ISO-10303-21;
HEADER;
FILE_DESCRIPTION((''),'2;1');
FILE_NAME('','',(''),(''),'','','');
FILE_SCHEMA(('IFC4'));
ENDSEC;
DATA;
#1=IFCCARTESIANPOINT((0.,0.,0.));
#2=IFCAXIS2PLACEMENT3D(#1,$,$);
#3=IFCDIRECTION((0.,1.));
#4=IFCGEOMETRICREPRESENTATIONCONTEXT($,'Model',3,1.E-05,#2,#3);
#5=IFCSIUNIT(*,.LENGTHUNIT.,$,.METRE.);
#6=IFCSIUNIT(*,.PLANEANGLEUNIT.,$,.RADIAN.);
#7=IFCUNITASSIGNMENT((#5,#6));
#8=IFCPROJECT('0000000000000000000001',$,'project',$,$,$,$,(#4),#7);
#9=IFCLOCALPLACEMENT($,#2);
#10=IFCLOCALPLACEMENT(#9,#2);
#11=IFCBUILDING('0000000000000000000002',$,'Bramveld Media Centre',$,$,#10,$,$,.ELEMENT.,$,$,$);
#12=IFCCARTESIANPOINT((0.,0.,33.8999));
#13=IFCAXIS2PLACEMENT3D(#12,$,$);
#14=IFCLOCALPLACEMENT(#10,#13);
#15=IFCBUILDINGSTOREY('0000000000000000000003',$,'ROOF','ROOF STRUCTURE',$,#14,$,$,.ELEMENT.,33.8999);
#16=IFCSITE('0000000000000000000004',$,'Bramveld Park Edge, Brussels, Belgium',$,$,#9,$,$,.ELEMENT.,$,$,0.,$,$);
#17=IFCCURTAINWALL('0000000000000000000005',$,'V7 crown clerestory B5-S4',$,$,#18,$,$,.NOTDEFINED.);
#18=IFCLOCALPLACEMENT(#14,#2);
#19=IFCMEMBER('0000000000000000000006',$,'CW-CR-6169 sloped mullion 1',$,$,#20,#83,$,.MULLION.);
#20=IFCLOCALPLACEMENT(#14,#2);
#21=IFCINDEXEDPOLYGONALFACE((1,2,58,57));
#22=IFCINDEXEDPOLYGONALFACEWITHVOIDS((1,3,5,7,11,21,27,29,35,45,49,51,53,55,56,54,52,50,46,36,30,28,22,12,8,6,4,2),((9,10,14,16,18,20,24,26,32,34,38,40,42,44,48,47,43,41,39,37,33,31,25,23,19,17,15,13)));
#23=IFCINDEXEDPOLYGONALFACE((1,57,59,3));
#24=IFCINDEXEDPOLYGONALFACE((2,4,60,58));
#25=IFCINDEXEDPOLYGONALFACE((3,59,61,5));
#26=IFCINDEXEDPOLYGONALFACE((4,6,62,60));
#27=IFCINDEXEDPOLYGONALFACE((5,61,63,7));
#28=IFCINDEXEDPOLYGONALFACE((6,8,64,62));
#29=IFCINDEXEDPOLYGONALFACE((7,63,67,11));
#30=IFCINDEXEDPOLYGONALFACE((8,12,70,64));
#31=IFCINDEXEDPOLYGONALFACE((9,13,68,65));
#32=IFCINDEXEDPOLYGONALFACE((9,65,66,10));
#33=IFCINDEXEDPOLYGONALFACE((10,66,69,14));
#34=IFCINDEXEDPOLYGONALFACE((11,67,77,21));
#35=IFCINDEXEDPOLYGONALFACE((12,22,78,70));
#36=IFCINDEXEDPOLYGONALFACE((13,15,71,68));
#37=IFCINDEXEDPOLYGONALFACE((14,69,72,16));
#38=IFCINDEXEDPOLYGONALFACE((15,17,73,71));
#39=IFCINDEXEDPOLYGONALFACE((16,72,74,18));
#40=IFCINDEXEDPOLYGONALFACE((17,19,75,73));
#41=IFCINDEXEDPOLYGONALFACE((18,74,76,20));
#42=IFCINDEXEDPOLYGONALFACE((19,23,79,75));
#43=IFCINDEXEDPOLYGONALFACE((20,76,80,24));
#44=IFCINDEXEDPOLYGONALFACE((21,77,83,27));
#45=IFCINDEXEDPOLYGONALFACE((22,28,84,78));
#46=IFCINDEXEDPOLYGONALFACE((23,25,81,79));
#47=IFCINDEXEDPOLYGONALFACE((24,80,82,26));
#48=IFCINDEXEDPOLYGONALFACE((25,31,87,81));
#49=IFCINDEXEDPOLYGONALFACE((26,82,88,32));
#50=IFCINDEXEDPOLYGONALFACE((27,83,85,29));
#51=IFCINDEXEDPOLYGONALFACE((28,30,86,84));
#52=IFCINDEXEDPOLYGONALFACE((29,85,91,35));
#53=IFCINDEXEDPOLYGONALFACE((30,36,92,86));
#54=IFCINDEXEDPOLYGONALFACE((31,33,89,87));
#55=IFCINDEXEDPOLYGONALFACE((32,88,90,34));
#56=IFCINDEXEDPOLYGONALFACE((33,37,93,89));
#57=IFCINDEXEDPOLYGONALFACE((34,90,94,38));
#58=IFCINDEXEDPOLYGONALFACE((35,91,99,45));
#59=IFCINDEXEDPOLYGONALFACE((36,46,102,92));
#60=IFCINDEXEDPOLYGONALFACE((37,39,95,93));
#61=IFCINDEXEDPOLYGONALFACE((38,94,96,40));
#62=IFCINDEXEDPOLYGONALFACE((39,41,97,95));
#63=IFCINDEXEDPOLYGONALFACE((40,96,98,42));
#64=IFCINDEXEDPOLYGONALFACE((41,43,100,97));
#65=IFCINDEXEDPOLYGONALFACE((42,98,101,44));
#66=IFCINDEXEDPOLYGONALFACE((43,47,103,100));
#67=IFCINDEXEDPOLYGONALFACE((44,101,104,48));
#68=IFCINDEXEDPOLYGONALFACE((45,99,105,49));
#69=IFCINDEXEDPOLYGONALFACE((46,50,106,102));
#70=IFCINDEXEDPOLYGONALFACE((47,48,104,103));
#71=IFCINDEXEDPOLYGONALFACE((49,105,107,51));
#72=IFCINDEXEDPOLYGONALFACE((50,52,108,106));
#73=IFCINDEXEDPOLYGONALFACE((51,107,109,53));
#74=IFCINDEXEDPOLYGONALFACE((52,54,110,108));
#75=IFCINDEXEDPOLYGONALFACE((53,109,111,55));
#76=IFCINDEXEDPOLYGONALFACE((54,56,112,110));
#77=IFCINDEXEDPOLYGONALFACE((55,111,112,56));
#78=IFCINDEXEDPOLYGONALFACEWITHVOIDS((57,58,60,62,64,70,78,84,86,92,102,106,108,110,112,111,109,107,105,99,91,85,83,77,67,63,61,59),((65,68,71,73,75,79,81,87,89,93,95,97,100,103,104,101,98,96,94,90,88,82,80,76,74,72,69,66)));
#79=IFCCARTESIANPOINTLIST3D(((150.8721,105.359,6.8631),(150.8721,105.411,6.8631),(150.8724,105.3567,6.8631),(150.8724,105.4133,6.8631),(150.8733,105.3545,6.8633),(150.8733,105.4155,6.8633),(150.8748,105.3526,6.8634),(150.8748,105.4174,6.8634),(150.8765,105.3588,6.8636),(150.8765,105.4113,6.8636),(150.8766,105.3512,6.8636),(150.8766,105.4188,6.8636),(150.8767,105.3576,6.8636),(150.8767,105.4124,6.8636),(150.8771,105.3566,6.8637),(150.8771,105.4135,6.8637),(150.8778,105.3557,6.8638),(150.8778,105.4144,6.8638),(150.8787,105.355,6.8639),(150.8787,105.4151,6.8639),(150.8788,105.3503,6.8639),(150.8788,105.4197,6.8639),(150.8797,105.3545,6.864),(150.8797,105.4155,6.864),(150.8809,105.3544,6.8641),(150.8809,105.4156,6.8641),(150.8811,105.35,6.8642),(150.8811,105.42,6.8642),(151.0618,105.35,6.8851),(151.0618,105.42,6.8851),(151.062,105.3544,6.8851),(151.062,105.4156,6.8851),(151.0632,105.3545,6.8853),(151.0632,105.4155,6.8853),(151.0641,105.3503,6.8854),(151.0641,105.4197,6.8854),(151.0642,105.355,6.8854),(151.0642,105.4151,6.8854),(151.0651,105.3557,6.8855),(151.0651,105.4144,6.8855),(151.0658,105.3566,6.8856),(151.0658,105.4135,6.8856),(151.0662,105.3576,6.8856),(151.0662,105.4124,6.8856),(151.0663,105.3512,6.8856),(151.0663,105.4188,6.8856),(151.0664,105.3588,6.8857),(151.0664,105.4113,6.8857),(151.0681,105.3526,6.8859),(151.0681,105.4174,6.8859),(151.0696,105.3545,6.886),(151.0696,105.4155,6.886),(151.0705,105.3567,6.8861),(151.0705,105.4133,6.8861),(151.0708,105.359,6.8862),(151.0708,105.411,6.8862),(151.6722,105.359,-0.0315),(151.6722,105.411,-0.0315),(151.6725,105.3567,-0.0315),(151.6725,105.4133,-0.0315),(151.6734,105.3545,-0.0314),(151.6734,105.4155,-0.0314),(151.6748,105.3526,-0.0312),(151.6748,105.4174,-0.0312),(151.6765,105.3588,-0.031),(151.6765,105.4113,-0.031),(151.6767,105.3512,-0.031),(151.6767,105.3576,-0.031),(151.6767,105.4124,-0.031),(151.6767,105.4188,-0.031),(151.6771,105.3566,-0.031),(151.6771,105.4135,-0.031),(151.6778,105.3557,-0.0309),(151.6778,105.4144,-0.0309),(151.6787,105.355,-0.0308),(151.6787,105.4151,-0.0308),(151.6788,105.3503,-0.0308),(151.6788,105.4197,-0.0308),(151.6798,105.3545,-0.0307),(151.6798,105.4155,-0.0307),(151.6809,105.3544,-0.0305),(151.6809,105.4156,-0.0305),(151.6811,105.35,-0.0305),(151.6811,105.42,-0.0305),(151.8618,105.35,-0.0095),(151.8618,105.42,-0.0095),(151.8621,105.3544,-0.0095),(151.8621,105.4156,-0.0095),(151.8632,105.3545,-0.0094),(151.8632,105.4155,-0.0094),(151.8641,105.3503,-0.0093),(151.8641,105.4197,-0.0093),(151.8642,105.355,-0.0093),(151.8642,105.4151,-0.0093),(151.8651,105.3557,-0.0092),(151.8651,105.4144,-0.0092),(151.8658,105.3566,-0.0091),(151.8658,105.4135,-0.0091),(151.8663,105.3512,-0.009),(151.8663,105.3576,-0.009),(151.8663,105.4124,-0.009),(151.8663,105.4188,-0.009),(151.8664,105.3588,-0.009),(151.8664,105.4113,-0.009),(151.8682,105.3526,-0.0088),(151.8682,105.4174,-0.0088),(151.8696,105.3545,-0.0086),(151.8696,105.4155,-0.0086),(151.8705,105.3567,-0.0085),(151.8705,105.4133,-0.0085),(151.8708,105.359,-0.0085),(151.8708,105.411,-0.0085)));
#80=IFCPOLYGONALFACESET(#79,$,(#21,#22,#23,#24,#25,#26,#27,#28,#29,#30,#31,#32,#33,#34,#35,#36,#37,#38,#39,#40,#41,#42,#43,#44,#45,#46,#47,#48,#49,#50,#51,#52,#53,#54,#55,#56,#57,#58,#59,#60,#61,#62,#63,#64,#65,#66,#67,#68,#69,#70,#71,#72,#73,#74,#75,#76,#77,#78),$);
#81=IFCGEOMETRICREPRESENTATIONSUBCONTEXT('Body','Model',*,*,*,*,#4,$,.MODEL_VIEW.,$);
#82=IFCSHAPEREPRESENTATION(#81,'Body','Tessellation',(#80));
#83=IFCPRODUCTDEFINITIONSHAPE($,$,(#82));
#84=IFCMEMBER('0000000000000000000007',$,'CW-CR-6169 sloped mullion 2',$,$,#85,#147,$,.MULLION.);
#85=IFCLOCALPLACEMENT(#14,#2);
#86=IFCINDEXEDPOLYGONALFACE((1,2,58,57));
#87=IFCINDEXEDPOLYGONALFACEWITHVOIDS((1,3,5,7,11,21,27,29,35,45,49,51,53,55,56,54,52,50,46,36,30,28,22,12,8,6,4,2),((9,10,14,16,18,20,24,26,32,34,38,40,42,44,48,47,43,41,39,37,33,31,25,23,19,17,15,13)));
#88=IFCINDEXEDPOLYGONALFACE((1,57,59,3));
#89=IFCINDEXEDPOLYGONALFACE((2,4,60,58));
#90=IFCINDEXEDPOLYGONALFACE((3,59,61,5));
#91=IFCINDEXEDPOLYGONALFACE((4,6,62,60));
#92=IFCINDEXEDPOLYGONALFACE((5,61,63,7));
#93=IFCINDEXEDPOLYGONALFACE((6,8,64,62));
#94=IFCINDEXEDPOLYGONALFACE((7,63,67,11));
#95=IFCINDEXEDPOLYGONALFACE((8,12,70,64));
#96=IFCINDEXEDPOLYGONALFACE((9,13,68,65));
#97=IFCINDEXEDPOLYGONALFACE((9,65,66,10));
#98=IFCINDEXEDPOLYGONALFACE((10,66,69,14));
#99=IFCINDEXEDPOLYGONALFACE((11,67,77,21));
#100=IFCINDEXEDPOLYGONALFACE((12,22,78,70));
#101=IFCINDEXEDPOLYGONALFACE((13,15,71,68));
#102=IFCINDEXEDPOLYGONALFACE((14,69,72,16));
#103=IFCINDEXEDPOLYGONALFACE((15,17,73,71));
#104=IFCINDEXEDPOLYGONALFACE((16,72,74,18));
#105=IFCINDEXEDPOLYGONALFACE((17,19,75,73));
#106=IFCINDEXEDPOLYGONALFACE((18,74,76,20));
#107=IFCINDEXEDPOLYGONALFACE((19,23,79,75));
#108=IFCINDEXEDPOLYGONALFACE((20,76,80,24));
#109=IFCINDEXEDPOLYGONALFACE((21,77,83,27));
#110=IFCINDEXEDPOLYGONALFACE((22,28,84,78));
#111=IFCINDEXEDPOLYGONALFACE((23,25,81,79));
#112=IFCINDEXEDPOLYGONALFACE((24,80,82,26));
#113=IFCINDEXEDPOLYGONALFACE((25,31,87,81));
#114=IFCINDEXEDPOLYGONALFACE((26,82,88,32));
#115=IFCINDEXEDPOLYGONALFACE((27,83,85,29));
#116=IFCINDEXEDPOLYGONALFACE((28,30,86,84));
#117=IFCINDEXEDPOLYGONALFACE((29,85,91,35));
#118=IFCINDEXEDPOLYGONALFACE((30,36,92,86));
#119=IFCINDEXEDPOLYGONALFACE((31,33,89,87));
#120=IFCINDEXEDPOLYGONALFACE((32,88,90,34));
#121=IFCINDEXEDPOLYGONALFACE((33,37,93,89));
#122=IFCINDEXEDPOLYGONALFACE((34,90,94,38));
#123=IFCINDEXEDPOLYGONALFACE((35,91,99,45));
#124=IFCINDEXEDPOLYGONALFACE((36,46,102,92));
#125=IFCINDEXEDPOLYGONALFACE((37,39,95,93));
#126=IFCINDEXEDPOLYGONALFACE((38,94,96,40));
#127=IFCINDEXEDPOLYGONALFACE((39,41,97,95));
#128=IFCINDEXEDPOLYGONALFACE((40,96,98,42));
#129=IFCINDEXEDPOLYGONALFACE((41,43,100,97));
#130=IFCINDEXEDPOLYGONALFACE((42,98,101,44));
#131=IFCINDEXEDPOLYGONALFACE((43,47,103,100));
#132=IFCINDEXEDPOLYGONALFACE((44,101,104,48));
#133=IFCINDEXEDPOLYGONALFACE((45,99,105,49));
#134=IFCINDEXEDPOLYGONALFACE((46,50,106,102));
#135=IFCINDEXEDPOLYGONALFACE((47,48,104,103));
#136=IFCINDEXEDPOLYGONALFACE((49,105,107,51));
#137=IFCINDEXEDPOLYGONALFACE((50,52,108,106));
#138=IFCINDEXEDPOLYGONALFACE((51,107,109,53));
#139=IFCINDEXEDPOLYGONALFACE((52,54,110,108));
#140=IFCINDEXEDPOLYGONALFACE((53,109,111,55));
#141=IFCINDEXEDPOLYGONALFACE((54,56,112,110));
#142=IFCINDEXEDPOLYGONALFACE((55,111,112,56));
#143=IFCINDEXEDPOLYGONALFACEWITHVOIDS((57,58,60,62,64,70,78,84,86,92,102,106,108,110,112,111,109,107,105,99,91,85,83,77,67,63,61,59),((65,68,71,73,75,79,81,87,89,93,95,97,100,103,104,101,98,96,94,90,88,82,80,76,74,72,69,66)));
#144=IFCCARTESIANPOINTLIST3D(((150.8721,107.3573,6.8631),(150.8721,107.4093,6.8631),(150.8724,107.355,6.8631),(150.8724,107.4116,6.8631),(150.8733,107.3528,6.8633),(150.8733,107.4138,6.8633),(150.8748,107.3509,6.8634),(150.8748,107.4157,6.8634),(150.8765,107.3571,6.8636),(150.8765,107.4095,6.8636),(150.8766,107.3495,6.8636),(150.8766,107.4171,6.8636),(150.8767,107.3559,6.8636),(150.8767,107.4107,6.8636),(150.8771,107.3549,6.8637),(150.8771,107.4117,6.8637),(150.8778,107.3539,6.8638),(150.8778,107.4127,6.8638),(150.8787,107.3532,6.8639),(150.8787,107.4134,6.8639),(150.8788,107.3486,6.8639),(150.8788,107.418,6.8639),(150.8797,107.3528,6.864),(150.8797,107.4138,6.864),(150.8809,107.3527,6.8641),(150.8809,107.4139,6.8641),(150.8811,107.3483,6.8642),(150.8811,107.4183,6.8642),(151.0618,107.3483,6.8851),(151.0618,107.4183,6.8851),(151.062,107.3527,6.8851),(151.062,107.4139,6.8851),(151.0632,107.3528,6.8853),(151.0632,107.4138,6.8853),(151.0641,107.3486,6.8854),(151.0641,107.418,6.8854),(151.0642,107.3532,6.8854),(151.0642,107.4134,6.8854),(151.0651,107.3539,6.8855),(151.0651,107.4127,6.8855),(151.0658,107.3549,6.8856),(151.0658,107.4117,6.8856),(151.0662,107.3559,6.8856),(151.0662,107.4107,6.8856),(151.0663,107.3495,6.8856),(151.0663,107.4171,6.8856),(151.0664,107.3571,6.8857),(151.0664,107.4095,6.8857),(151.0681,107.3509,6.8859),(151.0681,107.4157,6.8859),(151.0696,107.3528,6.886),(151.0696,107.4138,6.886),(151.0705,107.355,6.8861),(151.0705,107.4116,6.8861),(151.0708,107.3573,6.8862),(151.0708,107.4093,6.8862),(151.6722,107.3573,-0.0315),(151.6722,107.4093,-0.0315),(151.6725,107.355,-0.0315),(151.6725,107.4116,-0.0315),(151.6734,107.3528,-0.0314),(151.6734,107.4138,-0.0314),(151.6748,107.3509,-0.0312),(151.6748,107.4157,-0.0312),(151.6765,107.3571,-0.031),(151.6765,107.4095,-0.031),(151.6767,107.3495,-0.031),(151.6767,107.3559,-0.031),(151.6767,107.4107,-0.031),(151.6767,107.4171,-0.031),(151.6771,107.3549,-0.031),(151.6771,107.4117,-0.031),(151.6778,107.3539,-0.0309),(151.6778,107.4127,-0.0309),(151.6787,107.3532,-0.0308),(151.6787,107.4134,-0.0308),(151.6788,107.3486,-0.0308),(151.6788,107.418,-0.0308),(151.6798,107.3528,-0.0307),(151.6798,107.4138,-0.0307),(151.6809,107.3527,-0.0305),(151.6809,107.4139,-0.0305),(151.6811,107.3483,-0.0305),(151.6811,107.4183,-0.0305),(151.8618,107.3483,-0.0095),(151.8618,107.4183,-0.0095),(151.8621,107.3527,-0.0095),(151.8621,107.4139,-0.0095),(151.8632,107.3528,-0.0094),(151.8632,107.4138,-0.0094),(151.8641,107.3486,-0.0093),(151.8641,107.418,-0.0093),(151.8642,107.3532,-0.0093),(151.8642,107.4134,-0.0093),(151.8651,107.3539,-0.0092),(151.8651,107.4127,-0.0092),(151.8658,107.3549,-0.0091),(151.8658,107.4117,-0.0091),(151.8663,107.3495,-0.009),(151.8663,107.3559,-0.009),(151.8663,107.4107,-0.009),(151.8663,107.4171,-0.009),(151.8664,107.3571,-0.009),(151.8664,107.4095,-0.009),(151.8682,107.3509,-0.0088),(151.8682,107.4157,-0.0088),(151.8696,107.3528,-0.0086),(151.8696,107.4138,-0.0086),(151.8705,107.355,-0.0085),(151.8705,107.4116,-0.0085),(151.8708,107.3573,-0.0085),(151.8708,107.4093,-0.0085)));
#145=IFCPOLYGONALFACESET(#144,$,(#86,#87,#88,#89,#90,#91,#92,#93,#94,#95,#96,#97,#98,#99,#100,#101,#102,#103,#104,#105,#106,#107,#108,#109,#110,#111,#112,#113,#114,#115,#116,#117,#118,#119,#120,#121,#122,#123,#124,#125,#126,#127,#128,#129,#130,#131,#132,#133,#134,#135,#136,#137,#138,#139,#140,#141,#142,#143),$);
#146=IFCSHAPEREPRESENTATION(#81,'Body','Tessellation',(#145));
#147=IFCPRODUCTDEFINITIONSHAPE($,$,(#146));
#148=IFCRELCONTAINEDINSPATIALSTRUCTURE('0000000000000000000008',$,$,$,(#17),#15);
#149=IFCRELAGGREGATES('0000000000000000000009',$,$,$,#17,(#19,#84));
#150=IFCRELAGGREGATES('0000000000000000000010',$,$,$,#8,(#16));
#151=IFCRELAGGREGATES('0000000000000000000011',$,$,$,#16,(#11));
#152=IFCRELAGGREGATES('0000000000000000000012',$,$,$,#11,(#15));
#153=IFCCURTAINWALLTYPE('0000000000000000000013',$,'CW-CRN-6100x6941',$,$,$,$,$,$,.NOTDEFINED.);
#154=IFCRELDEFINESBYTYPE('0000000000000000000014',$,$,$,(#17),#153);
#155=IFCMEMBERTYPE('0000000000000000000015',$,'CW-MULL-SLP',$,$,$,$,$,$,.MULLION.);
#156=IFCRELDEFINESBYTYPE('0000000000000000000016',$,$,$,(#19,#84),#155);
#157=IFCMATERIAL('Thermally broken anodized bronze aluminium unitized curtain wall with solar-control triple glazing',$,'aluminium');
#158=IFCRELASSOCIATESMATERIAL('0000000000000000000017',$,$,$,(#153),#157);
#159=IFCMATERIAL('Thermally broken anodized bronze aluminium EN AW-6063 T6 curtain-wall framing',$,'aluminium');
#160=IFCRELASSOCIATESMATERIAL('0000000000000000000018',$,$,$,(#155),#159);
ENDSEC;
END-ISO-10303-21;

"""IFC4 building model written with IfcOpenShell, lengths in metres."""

from ifc_helpers import new_model, si_unit, direction, frame, origin, origin_2d, place, context, subcontext, project, spatial, hollow_rectangle, extrude, material, material_profile, profile_set, type_object, element, aggregate, save


model = new_model("IFC4")

# Units and contexts
model_context = context("Model", 3, precision=1e-05, world=origin(), true_north=direction((0.0, 1.0)))
body_context = subcontext(model_context, "Body", "Model", "MODEL_VIEW")
ifc_project = project(units=[si_unit("LENGTHUNIT", "METRE"), si_unit("PLANEANGLEUNIT", "RADIAN")], contexts=[model_context])

# Site, building, storey
site_placement = place(None, origin())
site = spatial("IfcSite", under=ifc_project, at=site_placement, Name="Bramveld Park Edge, Brussels, Belgium", CompositionType="ELEMENT", RefElevation=0.0)
building_placement = place(site_placement, origin())
building = spatial("IfcBuilding", under=site, at=building_placement, Name="Bramveld Media Centre", CompositionType="ELEMENT")
storey_placement = place(building_placement, frame((0.0, 0.0, 33.8999)))
storey = spatial("IfcBuildingStorey", under=building, at=storey_placement, Name="ROOF", Description="ROOF STRUCTURE", CompositionType="ELEMENT", Elevation=33.8999)

# Curtain wall, members
ifc_material_1 = material(Name="Thermally broken anodized bronze aluminium unitized curtain wall with solar-control triple glazing", Category="aluminium")
curtain_wall_type = type_object("IfcCurtainWallType", Name="CW-CRN-6100x6941", PredefinedType="NOTDEFINED", material=ifc_material_1)
ifc_material_2 = material(Name="Thermally broken anodized bronze aluminium EN AW-6063 T6 curtain-wall framing", Category="aluminium")
ifc_material_profile_1 = material_profile(ifc_material_2, hollow_rectangle(XDim=0.0701, YDim=0.2, WallThickness=0.0044, InnerFilletRadius=0.0044, OuterFilletRadius=0.009, at=origin_2d()), Name="AL-MULL 70x200")
ifc_profile_set_1 = profile_set([ifc_material_profile_1], Name="Thermally broken anodized bronze aluminium EN AW-6063 T6 curtain-wall framing")
member_type_1 = type_object("IfcMemberType", Name="CW-MULL-SLP", PredefinedType="MULLION", material=ifc_profile_set_1)
curtain_wall_1_placement = place(storey_placement, origin())
curtain_wall_1 = element("IfcCurtainWall", 1, at=curtain_wall_1_placement, inside=storey, type_object=curtain_wall_type, Name="V7 crown clerestory B5-S4", PredefinedType="NOTDEFINED")
member_1_placement = place(storey_placement, frame((151.7715, 105.385, -0.02), z_axis=(-0.115264, 0.0, 0.993335), x_axis=(0.0, -1.0, 0.0)))
member_1 = element("IfcMember", 2, at=member_1_placement, type_object=member_type_1, Name="CW-CR-6169 sloped mullion 1", PredefinedType="MULLION", context=body_context, shape_type="SweptSolid", body=[
    extrude(hollow_rectangle(XDim=0.0701, YDim=0.2, WallThickness=0.0044, InnerFilletRadius=0.0044, OuterFilletRadius=0.009, at=origin_2d()), origin(), (0.0, 0.0, 1.0), 6.9409),
])
member_2_placement = place(storey_placement, frame((151.7715, 107.3833, -0.02), z_axis=(-0.115264, 0.0, 0.993335), x_axis=(0.0, -1.0, 0.0)))
member_2 = element("IfcMember", 3, at=member_2_placement, type_object=member_type_1, Name="CW-CR-6169 sloped mullion 2", PredefinedType="MULLION", context=body_context, shape_type="SweptSolid", body=[
    extrude(hollow_rectangle(XDim=0.0701, YDim=0.2, WallThickness=0.0044, InnerFilletRadius=0.0044, OuterFilletRadius=0.009, at=origin_2d()), origin(), (0.0, 0.0, 1.0), 6.9409),
])

aggregate(curtain_wall_1, [member_1, member_2])

save(model, "model.ifc")
